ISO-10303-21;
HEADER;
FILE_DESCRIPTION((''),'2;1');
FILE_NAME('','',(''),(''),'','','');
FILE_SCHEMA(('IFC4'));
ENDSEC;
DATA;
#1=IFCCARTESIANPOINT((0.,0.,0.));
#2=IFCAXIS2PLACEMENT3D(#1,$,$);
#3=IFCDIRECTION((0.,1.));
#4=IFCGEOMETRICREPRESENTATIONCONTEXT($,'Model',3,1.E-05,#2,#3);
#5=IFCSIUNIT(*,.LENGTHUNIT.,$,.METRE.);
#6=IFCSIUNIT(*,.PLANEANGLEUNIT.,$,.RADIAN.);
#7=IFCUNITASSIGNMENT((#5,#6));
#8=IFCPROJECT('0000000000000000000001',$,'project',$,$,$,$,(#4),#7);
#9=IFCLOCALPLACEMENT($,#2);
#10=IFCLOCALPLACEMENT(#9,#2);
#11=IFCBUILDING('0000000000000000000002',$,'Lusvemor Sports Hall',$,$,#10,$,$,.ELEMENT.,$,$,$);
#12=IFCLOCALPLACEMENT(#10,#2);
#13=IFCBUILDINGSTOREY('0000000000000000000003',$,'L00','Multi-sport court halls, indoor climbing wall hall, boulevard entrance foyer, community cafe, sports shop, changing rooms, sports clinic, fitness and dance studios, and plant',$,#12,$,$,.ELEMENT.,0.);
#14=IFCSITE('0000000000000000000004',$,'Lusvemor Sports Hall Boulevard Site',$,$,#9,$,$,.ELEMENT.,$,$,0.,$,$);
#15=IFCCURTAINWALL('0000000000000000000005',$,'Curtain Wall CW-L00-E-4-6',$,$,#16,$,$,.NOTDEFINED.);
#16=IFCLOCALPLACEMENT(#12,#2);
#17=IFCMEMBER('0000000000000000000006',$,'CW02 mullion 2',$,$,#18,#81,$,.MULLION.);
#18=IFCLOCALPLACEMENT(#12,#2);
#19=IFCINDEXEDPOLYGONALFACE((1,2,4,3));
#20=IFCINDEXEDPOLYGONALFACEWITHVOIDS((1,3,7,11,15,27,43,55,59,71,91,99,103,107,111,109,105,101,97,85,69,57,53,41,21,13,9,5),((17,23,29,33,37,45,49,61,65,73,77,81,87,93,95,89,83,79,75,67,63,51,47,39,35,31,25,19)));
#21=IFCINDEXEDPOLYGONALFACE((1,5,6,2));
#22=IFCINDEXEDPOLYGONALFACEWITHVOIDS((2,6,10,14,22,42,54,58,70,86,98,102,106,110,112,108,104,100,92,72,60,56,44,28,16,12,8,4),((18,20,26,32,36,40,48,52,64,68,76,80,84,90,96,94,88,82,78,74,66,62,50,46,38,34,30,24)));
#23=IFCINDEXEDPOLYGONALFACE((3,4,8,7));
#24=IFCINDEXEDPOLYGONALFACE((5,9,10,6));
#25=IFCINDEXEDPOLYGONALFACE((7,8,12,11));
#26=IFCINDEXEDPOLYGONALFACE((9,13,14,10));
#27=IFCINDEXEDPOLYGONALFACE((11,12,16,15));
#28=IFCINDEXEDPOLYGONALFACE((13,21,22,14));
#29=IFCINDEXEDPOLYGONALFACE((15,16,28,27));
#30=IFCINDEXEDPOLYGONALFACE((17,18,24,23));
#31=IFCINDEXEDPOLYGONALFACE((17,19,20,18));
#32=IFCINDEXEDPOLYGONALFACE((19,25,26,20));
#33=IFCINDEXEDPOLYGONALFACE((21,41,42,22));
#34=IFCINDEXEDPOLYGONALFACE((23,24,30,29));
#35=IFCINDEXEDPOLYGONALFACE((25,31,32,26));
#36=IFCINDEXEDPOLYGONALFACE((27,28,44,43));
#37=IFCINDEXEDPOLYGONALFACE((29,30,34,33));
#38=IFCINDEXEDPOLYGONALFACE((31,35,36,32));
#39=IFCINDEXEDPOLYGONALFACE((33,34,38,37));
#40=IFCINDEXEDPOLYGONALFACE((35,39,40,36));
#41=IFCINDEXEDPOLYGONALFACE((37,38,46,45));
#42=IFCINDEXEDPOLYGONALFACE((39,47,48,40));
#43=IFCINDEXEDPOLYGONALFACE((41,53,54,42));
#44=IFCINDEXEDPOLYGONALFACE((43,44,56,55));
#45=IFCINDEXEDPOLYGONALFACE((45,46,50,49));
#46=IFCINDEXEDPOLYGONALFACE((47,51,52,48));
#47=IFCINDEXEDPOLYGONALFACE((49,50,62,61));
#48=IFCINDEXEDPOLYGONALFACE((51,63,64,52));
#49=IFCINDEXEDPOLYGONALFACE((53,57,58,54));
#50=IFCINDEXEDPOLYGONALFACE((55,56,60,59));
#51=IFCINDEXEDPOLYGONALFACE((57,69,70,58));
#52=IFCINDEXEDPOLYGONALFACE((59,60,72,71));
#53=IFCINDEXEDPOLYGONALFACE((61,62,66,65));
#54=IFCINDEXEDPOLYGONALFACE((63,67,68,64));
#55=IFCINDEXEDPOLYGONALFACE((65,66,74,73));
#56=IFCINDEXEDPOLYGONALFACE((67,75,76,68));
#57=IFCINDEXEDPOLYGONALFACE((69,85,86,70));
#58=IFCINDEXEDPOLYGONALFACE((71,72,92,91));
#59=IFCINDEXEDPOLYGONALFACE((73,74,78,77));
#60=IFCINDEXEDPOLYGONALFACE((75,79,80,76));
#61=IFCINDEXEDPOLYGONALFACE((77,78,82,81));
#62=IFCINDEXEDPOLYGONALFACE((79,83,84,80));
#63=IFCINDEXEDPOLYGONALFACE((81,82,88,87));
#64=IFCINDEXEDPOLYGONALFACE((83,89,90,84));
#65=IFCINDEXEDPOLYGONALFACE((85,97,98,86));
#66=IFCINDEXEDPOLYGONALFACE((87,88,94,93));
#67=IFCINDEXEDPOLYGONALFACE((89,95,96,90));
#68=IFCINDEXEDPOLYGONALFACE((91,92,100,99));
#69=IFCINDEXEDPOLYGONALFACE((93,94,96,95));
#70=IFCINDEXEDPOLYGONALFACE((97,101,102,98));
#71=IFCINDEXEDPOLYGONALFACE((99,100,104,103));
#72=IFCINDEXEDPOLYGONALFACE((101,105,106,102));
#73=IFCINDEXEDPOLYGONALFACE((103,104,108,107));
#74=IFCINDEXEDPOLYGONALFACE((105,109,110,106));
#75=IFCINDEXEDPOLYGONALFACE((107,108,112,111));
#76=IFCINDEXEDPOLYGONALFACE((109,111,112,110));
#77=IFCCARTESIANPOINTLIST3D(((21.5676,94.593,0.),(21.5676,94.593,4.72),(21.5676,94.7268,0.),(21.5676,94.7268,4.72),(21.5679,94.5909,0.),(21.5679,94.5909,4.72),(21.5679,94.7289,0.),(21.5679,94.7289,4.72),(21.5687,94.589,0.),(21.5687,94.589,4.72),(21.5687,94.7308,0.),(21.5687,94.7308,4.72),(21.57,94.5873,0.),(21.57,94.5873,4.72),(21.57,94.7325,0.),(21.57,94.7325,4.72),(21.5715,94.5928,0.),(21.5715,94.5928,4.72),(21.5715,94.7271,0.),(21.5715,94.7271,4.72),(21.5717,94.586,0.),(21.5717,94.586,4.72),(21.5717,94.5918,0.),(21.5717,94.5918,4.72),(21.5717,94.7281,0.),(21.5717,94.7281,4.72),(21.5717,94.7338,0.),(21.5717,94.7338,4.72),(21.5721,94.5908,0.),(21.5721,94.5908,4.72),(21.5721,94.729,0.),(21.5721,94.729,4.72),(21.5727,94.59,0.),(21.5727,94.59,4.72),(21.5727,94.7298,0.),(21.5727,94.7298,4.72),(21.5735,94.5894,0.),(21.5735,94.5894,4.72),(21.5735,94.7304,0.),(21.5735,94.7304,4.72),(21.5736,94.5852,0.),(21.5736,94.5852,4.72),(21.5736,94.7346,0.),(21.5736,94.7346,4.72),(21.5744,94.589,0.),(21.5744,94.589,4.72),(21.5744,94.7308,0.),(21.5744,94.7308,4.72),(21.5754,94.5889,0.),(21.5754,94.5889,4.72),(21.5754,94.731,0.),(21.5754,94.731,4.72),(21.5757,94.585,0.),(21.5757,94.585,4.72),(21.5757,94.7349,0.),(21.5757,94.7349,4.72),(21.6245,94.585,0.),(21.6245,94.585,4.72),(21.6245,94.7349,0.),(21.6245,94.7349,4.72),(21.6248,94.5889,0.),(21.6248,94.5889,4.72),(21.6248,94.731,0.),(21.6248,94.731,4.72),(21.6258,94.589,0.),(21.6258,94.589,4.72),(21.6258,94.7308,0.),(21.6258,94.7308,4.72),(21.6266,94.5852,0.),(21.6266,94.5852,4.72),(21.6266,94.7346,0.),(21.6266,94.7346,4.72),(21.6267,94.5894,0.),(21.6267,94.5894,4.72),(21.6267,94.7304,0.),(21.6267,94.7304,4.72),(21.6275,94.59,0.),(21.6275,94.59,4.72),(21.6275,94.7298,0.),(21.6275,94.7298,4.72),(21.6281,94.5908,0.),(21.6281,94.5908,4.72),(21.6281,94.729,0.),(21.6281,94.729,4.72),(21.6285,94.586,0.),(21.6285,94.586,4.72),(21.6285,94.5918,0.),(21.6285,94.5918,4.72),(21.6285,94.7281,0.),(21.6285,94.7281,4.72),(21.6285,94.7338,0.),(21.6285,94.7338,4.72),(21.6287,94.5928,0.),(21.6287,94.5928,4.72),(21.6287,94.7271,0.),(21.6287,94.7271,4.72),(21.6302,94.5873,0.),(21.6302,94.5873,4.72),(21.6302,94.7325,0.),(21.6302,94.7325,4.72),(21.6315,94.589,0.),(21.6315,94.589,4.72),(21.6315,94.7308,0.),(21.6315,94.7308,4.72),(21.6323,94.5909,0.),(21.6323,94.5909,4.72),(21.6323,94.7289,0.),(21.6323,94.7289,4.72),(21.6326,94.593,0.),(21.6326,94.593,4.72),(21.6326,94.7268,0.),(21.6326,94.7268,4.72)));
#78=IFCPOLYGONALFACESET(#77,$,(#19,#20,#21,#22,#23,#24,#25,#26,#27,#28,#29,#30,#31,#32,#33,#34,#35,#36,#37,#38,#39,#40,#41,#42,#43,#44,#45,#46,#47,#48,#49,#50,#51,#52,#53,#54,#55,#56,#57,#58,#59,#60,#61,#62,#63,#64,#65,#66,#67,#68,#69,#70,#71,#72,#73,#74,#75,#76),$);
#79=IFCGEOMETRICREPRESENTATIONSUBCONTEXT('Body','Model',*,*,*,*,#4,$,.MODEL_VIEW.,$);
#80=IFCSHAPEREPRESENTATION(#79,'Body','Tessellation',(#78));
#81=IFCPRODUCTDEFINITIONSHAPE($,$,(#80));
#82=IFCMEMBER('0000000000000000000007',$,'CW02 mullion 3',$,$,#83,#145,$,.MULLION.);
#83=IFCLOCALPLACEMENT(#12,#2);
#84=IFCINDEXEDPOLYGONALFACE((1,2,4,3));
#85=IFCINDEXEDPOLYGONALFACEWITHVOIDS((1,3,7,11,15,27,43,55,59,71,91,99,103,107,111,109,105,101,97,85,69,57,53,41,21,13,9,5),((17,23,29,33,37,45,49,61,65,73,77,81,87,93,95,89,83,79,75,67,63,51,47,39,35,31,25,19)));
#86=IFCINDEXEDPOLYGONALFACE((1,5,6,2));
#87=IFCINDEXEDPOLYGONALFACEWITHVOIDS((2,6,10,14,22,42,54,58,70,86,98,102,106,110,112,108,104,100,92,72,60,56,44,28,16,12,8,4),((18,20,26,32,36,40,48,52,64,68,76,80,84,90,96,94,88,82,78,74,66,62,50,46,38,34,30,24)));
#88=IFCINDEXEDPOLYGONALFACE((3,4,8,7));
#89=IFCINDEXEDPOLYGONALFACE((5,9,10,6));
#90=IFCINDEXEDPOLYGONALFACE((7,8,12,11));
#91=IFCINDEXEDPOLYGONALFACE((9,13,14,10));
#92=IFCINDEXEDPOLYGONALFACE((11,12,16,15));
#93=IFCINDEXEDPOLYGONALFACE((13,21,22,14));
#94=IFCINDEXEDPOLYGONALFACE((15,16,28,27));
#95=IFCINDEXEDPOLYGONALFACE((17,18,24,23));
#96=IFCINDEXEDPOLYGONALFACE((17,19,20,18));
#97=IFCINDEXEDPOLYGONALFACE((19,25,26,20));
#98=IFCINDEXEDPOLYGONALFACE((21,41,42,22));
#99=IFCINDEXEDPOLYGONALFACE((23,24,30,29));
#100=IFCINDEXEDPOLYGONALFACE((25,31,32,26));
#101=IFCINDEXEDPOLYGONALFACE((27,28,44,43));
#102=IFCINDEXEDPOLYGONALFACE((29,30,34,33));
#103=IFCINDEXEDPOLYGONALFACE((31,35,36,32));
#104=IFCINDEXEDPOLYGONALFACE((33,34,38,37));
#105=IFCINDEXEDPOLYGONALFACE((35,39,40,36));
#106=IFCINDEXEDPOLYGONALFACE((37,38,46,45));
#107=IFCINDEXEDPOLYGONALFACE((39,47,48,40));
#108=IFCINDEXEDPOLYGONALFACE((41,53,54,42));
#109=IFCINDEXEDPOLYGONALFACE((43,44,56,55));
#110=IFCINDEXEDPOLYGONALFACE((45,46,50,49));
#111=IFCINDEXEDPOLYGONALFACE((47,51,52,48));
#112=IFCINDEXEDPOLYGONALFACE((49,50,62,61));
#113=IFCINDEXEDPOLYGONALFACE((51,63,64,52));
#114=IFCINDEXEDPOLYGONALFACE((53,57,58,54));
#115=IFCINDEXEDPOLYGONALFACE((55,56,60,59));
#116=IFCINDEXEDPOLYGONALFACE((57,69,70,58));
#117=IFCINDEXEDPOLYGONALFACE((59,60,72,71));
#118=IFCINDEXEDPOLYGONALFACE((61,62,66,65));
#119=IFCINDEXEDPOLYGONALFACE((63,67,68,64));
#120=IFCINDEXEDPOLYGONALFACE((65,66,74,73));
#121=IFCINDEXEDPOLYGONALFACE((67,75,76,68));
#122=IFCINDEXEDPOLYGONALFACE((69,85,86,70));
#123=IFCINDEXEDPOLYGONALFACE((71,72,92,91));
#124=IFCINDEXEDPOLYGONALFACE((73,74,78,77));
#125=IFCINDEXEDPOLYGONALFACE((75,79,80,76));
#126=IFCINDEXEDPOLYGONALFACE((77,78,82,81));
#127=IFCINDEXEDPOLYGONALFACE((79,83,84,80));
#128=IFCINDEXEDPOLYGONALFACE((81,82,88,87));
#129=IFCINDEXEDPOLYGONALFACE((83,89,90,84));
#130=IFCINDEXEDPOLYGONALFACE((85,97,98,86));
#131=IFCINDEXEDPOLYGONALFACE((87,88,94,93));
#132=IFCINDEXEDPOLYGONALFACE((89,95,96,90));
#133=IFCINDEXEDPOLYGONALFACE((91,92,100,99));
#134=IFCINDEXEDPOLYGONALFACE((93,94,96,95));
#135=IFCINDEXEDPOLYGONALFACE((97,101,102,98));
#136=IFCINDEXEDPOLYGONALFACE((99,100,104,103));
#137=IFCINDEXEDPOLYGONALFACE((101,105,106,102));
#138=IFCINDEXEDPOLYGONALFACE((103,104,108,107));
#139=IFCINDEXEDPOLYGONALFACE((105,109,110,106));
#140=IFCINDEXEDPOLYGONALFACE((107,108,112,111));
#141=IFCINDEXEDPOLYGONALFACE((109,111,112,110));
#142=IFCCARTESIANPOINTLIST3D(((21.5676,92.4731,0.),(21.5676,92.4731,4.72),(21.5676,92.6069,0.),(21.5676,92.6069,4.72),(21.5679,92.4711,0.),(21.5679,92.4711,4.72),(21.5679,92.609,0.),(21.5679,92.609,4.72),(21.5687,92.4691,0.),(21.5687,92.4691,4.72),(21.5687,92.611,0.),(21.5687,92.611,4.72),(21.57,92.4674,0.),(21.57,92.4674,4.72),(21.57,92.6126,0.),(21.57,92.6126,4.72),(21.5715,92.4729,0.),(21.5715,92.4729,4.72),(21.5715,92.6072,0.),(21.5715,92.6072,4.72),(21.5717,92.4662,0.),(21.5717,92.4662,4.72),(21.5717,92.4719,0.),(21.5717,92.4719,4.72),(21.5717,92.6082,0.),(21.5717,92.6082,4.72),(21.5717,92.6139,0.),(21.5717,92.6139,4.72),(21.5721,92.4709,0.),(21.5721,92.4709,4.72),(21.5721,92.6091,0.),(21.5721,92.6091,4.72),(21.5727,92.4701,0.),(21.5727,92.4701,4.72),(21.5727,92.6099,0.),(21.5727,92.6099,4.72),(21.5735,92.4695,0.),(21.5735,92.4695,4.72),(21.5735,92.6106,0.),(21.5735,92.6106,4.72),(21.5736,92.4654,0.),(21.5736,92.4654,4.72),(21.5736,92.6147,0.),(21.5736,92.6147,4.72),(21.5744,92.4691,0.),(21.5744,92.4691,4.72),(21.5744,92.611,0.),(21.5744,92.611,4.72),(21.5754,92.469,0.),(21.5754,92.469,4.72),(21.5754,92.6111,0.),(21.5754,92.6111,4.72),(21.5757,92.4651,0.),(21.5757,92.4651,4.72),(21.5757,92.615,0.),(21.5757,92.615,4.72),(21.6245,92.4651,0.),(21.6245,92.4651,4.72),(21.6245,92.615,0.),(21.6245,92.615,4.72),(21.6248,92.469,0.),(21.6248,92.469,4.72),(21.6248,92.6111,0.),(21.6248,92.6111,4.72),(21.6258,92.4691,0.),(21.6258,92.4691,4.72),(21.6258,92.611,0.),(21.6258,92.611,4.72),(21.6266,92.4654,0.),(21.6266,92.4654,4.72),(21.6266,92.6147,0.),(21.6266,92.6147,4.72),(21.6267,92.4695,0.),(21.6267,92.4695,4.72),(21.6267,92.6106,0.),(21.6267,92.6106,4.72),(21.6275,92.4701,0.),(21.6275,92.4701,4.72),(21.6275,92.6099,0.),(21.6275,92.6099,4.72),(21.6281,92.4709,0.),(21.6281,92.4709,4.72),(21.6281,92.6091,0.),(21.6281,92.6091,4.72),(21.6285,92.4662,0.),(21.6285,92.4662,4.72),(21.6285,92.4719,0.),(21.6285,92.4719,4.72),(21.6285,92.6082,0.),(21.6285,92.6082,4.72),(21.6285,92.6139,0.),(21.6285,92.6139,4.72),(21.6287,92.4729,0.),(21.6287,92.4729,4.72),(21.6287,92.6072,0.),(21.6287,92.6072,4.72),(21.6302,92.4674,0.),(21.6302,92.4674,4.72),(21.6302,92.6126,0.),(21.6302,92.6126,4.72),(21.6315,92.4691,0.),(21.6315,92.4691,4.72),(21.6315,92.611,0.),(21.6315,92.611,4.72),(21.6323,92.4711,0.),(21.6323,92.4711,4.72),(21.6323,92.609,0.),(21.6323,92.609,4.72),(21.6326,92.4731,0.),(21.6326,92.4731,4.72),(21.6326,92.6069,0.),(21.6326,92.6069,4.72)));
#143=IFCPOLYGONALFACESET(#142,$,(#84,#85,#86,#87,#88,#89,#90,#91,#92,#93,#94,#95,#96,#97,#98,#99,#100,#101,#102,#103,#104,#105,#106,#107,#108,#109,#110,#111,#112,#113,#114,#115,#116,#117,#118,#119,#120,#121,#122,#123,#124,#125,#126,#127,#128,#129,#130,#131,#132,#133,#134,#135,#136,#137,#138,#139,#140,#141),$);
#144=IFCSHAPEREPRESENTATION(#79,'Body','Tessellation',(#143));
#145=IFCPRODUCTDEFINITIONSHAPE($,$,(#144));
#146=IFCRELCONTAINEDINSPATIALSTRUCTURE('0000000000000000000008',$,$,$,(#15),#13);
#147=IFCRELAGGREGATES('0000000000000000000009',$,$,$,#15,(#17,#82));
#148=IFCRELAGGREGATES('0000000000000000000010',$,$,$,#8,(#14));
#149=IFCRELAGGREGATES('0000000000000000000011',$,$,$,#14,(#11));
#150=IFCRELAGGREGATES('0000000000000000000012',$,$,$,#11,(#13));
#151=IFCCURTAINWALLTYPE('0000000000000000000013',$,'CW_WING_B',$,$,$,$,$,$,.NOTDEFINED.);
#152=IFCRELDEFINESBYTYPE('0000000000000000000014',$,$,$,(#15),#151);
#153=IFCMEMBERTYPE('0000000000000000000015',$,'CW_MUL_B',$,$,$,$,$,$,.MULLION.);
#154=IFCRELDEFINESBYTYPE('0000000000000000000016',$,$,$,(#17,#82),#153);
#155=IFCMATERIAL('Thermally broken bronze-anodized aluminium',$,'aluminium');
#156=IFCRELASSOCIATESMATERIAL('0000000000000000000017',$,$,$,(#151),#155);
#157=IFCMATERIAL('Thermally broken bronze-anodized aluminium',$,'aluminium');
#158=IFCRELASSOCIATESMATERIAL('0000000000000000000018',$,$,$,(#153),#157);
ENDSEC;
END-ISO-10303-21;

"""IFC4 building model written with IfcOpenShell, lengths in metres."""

from ifc_helpers import new_model, si_unit, direction, frame, origin, origin_2d, place, context, subcontext, project, spatial, hollow_rectangle, extrude, material, material_profile, profile_set, type_object, element, aggregate, save


model = new_model("IFC4")

# Units and contexts
model_context = context("Model", 3, precision=1e-05, world=origin(), true_north=direction((0.0, 1.0)))
body_context = subcontext(model_context, "Body", "Model", "MODEL_VIEW")
ifc_project = project(units=[si_unit("LENGTHUNIT", "METRE"), si_unit("PLANEANGLEUNIT", "RADIAN")], contexts=[model_context])

# Site, building, storey
site_placement = place(None, origin())
site = spatial("IfcSite", under=ifc_project, at=site_placement, Name="Lusvemor Sports Hall Boulevard Site", CompositionType="ELEMENT", RefElevation=0.0)
building_placement = place(site_placement, origin())
building = spatial("IfcBuilding", under=site, at=building_placement, Name="Lusvemor Sports Hall", CompositionType="ELEMENT")
storey_placement = place(building_placement, origin())
storey = spatial("IfcBuildingStorey", under=building, at=storey_placement, Name="L00", Description="Multi-sport court halls, indoor climbing wall hall, boulevard entrance foyer, community cafe, sports shop, changing rooms, sports clinic, fitness and dance studios, and plant", CompositionType="ELEMENT", Elevation=0.0)

# Curtain wall, members
ifc_material_1 = material(Name="Thermally broken bronze-anodized aluminium", Category="aluminium")
curtain_wall_type = type_object("IfcCurtainWallType", Name="CW_WING_B", PredefinedType="NOTDEFINED", material=ifc_material_1)
curtain_wall_placement = place(storey_placement, origin())
curtain_wall = element("IfcCurtainWall", 1, at=curtain_wall_placement, inside=storey, type_object=curtain_wall_type, Name="Curtain Wall CW-L00-E-4-6", PredefinedType="NOTDEFINED")
ifc_material_2 = material(Name="Thermally broken bronze-anodized aluminium", Category="aluminium")
ifc_material_profile_1 = material_profile(ifc_material_2, hollow_rectangle(XDim=0.0649, YDim=0.1499, WallThickness=0.0039, InnerFilletRadius=0.0039, OuterFilletRadius=0.0081, at=origin_2d()), Name="CWMUL150x65x4")
ifc_profile_set_1 = profile_set([ifc_material_profile_1], Name="Thermally broken bronze-anodized aluminium")
member_type_1 = type_object("IfcMemberType", Name="CW_MUL_B", PredefinedType="MULLION", material=ifc_profile_set_1)
member_1_placement = place(storey_placement, frame((21.6001, 94.6599, 0.0), z_axis=(0.0, 0.0, 1.0), x_axis=(1.0, 0.0, 0.0)))
member_1 = element("IfcMember", 2, at=member_1_placement, type_object=member_type_1, Name="CW02 mullion 2", PredefinedType="MULLION", context=body_context, shape_type="SweptSolid", body=[
    extrude(hollow_rectangle(XDim=0.0649, YDim=0.1499, WallThickness=0.0039, InnerFilletRadius=0.0039, OuterFilletRadius=0.0081, at=origin_2d()), origin(), (0.0, 0.0, 1.0), 4.72),
])
member_2_placement = place(storey_placement, frame((21.6001, 92.54, 0.0), z_axis=(0.0, 0.0, 1.0), x_axis=(1.0, 0.0, 0.0)))
member_2 = element("IfcMember", 3, at=member_2_placement, type_object=member_type_1, Name="CW02 mullion 3", PredefinedType="MULLION", context=body_context, shape_type="SweptSolid", body=[
    extrude(hollow_rectangle(XDim=0.0649, YDim=0.1499, WallThickness=0.0039, InnerFilletRadius=0.0039, OuterFilletRadius=0.0081, at=origin_2d()), origin(), (0.0, 0.0, 1.0), 4.72),
])
aggregate(curtain_wall, [member_1, member_2])

save(model, "model.ifc")
